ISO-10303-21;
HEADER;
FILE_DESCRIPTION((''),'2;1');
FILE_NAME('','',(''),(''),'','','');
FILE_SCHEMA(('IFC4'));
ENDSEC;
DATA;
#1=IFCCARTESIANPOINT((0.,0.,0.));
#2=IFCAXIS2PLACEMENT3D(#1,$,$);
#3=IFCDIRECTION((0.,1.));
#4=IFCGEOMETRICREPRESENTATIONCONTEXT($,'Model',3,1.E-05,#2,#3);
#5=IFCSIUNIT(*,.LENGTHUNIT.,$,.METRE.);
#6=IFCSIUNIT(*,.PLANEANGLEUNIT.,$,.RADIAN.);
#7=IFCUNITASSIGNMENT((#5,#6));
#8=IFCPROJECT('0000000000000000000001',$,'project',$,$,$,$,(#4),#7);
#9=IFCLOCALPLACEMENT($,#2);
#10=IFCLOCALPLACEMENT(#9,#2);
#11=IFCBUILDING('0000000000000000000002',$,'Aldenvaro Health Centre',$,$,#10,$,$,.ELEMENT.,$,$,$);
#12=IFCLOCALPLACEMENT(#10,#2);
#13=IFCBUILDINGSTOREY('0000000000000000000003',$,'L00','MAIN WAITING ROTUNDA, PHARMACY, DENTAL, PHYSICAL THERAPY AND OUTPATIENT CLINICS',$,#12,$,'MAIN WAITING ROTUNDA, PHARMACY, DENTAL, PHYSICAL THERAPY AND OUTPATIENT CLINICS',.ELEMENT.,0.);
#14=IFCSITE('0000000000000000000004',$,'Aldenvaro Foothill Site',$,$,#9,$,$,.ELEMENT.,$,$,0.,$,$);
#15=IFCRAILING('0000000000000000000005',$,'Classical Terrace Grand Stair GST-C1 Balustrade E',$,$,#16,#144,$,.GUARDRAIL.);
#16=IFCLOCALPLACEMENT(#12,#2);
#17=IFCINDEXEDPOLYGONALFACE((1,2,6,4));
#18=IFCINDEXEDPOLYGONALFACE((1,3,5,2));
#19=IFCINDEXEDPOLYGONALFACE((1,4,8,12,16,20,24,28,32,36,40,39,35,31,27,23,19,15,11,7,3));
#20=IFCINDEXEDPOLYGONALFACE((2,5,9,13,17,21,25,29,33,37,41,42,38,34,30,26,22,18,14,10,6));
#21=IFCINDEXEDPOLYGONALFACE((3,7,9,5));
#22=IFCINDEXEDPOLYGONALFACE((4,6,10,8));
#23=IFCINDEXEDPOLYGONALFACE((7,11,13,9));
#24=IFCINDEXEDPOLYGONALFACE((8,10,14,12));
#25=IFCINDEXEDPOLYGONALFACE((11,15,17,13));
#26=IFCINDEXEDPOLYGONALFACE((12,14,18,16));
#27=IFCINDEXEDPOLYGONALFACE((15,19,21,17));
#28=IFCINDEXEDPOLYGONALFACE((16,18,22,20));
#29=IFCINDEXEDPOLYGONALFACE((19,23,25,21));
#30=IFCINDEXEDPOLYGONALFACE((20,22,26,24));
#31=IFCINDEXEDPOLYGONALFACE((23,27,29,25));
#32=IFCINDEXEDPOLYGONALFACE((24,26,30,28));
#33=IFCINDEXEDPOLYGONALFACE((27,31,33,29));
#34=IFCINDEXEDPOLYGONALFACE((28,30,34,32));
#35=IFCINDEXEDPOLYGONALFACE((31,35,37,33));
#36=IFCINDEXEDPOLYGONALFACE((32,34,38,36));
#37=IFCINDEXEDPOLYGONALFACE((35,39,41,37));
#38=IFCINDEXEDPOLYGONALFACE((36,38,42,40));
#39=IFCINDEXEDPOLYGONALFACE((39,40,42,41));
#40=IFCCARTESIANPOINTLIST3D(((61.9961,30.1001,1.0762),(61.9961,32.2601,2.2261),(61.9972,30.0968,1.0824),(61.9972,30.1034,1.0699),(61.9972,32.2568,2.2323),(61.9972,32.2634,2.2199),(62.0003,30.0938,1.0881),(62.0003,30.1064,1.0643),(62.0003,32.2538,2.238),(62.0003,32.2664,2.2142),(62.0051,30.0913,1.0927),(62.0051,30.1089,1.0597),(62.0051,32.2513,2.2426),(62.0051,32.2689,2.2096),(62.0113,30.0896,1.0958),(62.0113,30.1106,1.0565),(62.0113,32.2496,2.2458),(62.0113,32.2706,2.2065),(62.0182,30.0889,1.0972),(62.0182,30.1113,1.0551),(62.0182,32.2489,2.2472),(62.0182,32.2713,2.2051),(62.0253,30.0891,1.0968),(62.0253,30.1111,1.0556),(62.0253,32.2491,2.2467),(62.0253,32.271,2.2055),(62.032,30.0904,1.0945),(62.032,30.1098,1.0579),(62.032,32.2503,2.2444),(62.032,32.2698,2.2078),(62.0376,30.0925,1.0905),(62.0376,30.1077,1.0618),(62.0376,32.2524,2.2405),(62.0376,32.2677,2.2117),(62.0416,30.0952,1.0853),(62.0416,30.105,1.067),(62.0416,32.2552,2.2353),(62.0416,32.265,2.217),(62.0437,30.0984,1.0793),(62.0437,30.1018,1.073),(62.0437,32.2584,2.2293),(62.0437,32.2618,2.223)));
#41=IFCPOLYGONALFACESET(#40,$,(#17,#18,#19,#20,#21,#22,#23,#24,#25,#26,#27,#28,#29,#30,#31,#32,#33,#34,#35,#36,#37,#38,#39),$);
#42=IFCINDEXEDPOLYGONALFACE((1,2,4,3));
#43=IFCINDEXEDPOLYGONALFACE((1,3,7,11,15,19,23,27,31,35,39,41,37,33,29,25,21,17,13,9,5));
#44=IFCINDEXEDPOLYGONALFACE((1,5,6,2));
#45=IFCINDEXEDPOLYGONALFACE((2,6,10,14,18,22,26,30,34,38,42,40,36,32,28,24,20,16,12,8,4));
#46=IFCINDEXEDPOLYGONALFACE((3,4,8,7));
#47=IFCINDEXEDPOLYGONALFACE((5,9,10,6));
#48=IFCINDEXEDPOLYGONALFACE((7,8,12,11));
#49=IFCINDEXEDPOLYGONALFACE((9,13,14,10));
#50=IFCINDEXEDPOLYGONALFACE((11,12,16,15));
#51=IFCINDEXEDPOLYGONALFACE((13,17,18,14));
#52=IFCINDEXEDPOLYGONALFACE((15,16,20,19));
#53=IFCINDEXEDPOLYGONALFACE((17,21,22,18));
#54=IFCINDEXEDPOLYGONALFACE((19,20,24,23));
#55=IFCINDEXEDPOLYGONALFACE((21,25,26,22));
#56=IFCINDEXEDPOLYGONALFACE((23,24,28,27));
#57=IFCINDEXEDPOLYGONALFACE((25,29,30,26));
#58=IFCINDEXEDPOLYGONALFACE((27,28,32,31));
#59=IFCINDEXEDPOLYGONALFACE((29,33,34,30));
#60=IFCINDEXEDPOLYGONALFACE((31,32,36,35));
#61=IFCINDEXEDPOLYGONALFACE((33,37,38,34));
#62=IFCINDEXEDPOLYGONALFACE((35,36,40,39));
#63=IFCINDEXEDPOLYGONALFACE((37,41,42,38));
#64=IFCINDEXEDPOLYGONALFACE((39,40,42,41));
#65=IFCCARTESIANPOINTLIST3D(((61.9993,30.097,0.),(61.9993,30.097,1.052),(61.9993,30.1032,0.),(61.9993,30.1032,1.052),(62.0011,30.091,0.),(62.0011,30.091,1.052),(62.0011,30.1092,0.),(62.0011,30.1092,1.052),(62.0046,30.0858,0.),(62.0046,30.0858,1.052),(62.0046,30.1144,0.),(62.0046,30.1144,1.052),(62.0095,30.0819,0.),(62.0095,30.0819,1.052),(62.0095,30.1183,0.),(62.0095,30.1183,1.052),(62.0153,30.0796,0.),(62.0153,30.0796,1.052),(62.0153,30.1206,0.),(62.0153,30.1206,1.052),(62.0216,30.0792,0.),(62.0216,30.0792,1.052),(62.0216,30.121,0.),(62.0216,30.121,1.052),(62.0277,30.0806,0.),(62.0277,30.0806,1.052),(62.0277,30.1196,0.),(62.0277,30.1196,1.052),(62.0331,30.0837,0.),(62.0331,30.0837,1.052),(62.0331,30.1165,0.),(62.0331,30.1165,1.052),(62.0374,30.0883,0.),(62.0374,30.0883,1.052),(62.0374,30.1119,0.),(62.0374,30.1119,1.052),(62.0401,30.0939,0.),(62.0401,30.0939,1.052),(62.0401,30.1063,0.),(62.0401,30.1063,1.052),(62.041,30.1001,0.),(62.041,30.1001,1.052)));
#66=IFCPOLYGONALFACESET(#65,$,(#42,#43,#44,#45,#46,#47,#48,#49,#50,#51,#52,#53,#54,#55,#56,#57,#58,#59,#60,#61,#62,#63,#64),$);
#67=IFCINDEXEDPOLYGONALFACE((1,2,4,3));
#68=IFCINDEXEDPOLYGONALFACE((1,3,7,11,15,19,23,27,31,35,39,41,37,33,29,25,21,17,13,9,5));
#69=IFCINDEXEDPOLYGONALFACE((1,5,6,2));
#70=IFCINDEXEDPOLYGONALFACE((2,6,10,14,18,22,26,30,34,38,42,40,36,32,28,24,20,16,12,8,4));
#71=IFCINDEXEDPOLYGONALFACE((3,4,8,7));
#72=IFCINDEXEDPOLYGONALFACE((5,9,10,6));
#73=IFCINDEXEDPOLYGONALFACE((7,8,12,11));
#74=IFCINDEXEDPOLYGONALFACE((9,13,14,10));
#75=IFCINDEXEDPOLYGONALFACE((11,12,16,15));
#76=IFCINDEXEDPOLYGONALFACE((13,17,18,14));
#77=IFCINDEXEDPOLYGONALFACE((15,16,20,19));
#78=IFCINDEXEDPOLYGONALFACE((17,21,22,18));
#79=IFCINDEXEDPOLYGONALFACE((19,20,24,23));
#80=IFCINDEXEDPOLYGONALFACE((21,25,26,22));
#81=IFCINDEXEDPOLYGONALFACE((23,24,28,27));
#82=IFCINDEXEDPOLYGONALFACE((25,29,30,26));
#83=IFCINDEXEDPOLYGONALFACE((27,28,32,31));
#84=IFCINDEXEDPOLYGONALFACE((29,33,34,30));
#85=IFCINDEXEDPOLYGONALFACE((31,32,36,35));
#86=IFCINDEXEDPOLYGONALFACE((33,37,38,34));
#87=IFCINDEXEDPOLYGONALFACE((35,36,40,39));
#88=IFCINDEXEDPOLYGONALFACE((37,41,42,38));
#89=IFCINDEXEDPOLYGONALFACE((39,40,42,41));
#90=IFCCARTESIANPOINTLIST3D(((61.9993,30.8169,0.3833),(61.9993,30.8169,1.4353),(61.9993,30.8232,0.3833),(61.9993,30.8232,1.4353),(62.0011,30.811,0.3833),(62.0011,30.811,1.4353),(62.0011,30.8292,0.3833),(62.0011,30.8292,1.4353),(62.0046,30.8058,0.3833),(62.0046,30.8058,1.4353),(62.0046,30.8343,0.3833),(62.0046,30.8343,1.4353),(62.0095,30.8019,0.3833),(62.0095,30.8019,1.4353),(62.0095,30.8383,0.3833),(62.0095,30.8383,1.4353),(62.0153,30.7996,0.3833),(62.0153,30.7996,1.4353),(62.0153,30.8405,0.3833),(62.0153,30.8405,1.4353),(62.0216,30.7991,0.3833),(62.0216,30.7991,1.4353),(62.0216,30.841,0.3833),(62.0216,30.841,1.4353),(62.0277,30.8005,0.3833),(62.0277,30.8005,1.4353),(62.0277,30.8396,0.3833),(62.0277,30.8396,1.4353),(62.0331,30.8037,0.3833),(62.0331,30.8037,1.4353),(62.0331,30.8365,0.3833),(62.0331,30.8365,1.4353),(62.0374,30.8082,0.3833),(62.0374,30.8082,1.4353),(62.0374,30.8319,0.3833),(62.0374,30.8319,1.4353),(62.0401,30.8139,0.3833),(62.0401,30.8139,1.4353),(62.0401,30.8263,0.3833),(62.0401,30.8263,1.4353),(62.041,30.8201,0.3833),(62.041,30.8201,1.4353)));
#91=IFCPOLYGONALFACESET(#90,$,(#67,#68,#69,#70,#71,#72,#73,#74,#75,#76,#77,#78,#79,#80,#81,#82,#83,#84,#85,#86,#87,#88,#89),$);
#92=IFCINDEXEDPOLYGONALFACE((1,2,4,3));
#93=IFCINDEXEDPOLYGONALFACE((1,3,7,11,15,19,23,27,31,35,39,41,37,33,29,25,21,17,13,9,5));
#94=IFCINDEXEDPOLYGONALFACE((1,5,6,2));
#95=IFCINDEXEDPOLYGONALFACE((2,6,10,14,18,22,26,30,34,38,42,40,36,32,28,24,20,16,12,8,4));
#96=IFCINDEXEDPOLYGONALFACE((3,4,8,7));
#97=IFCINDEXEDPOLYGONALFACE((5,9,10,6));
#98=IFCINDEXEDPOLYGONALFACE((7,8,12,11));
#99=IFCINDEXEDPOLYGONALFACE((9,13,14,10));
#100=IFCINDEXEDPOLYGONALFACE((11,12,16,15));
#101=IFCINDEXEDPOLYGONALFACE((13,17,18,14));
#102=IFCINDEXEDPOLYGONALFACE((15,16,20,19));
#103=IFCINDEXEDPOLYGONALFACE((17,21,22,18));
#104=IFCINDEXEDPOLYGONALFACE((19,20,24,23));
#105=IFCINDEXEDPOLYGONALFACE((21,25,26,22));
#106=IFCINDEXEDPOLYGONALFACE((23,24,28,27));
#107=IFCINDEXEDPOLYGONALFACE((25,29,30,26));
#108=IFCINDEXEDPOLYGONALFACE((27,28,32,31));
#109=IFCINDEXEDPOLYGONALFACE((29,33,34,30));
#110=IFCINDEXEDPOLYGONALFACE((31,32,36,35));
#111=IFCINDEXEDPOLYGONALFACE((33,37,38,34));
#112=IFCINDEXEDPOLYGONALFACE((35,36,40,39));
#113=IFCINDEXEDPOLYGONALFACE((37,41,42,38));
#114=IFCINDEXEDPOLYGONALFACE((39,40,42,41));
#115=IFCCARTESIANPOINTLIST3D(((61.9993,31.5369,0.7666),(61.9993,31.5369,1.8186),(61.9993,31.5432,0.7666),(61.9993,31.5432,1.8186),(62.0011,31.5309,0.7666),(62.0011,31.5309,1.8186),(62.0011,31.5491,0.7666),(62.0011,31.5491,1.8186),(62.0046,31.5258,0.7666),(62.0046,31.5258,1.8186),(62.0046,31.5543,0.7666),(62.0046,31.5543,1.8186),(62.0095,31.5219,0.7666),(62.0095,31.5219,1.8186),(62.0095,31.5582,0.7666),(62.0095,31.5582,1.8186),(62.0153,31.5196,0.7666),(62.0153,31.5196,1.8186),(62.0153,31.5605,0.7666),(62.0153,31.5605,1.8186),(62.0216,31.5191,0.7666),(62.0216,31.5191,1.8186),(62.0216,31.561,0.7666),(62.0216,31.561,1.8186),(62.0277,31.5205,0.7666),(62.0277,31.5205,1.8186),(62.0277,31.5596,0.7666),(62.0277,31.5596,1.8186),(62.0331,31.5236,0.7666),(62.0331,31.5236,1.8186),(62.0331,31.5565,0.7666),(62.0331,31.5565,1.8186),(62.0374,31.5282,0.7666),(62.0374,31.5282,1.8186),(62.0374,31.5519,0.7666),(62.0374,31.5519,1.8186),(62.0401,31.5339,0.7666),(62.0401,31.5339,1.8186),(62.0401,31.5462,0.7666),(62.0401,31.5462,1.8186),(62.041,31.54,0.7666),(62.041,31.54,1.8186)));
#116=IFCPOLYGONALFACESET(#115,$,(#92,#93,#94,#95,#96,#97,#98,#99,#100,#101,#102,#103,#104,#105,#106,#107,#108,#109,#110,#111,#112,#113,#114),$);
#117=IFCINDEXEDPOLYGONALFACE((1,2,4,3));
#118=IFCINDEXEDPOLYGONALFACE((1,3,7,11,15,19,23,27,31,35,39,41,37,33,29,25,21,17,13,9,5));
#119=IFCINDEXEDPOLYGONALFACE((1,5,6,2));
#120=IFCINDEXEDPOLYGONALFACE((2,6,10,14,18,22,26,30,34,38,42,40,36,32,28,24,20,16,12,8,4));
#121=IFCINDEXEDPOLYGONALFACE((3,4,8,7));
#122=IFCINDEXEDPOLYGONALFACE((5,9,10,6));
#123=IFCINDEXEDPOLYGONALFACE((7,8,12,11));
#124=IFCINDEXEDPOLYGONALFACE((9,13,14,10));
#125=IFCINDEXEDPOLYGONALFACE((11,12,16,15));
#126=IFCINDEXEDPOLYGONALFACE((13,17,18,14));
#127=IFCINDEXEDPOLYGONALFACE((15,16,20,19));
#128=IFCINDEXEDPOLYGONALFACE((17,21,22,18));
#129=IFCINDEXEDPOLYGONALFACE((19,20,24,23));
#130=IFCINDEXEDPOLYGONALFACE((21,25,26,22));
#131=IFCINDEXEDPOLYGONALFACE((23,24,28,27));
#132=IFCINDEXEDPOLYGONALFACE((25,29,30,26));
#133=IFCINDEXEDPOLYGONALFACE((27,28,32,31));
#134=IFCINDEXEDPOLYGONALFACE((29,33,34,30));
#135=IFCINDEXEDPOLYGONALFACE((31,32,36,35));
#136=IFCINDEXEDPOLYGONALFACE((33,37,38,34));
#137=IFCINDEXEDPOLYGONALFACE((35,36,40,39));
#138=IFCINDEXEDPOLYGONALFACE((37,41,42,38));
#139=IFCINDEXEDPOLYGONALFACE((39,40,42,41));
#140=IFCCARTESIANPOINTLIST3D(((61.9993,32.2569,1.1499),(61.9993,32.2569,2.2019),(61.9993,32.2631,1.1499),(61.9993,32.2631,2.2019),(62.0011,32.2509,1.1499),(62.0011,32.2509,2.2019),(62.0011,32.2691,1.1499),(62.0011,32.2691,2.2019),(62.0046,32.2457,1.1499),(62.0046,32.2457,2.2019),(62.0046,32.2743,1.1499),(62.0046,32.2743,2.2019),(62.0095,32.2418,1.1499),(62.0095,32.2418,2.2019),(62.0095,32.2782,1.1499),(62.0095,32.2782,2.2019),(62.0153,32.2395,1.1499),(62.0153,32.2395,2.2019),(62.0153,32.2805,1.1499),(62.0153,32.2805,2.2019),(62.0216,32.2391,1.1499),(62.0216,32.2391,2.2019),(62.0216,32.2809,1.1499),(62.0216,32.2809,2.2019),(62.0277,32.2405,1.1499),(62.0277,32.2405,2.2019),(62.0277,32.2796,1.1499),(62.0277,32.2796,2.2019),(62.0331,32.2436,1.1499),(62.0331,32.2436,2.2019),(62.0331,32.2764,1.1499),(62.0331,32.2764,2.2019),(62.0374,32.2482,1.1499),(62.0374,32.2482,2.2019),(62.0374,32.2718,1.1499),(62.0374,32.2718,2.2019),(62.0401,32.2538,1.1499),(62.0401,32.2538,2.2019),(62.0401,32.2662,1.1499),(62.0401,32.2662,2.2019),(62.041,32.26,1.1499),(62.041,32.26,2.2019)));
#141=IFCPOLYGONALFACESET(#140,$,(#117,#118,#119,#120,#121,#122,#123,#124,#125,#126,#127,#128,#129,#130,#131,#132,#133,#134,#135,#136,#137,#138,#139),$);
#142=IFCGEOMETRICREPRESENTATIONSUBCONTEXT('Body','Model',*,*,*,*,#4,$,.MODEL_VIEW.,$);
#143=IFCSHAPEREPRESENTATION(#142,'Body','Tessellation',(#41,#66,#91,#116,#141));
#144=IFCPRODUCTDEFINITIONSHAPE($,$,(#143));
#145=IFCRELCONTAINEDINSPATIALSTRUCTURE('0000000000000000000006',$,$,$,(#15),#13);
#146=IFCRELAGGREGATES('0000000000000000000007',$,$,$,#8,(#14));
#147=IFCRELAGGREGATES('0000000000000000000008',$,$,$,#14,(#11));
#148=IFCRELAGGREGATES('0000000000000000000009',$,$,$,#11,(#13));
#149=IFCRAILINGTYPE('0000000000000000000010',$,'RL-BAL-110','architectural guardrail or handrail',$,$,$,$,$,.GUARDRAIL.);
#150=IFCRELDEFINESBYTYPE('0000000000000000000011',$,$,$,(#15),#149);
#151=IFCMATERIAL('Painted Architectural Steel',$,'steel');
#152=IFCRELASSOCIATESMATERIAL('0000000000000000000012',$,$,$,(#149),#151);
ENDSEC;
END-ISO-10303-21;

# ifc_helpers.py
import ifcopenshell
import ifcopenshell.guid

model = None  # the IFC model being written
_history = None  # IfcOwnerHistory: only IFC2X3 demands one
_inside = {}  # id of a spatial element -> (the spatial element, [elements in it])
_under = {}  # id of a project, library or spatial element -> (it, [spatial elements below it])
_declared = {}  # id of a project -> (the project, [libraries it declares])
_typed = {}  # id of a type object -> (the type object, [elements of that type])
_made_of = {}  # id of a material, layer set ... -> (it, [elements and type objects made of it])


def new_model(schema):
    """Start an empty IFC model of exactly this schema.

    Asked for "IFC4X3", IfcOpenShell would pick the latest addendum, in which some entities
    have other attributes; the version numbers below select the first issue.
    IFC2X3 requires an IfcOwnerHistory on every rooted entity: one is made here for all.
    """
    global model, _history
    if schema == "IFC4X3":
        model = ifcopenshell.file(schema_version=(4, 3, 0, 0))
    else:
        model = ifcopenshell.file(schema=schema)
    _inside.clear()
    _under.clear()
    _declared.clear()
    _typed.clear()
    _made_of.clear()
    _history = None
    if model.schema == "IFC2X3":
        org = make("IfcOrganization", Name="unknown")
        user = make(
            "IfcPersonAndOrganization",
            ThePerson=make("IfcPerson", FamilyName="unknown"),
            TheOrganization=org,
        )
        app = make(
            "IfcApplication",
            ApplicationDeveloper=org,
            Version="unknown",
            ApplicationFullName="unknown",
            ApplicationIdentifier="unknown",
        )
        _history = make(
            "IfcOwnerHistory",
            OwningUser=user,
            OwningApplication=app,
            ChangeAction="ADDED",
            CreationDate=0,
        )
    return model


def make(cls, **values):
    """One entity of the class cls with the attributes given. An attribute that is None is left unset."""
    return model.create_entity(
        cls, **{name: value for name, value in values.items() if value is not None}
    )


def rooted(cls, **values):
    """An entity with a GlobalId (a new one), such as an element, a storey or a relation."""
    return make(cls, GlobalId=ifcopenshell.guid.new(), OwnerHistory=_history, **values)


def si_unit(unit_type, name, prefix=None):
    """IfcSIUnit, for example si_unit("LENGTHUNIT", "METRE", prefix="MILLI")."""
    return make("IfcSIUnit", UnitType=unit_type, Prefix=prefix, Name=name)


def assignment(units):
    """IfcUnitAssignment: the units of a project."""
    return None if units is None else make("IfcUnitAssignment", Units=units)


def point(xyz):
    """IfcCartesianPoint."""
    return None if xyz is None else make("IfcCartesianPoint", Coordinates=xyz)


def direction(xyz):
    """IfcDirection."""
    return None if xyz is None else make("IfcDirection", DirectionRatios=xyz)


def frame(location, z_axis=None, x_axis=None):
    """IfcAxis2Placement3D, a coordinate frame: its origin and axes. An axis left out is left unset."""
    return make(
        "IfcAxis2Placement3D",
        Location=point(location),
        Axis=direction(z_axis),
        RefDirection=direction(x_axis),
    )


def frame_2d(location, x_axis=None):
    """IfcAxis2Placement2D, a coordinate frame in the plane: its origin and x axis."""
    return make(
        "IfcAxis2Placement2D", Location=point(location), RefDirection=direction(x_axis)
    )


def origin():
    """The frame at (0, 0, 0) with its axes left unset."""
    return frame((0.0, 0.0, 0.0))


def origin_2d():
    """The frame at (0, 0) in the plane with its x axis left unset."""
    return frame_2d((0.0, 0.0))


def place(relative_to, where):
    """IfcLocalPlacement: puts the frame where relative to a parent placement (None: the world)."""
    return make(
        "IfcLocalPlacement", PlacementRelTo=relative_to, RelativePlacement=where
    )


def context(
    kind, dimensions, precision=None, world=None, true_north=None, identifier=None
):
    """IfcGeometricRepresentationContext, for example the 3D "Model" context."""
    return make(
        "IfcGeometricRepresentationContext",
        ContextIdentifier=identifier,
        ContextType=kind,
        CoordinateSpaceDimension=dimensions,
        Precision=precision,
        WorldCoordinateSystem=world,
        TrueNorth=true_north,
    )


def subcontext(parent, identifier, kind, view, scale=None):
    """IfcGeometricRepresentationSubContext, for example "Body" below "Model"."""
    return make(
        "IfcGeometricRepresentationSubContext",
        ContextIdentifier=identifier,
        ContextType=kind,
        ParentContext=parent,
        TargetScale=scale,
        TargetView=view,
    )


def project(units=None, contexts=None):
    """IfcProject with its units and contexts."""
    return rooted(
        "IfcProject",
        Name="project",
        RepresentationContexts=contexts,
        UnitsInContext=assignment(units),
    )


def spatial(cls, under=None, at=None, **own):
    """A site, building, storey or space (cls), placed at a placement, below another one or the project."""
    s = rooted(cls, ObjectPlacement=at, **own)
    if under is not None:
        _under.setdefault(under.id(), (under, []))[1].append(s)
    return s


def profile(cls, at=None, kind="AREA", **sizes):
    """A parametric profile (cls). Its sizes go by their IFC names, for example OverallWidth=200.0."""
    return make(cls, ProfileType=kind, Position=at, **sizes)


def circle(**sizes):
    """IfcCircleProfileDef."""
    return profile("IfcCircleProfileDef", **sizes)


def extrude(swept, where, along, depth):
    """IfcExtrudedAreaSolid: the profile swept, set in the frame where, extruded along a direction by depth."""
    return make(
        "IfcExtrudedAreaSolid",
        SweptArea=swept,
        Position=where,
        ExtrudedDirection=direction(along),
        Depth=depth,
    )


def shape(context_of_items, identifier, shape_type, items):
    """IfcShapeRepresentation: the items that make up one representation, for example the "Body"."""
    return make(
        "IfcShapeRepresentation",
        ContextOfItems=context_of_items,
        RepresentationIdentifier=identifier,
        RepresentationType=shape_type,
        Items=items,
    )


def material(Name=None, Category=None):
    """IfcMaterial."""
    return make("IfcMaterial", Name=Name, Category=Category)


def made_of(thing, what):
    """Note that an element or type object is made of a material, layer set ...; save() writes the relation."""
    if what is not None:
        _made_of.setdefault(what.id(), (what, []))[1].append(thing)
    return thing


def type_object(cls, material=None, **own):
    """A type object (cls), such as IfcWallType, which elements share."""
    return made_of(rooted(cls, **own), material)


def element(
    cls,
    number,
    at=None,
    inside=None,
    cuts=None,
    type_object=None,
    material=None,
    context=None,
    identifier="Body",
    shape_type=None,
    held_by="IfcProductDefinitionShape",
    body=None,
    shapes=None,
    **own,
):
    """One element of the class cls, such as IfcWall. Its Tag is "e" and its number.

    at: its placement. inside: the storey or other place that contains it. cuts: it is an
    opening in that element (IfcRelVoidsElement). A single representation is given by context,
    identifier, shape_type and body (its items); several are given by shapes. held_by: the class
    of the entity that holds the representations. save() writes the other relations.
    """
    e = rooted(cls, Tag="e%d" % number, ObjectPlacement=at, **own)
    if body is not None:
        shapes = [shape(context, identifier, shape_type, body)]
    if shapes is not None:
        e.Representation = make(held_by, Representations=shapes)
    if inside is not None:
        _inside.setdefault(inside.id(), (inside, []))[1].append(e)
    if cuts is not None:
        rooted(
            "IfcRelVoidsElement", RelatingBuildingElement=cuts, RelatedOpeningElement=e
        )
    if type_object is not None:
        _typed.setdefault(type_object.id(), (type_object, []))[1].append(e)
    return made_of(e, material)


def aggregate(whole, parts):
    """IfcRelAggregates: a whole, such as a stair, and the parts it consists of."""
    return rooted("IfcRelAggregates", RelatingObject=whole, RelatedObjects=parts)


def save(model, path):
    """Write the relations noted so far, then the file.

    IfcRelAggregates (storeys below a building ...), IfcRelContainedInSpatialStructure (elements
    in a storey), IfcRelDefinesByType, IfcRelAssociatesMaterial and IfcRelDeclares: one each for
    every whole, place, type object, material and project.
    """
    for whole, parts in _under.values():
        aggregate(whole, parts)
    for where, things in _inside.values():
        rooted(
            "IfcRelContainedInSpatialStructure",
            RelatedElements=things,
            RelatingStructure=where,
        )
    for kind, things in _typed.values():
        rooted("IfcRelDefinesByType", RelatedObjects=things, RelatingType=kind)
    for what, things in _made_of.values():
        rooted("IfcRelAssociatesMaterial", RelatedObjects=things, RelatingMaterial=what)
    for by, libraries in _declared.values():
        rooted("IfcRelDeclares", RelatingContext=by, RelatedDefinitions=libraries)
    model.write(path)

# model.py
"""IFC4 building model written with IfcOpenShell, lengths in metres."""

from ifc_helpers import new_model, si_unit, direction, frame, origin, origin_2d, place, context, subcontext, project, spatial, circle, extrude, material, type_object, element, save


model = new_model("IFC4")

# Units and contexts
model_context = context("Model", 3, precision=1e-05, world=origin(), true_north=direction((0.0, 1.0)))
body_context = subcontext(model_context, "Body", "Model", "MODEL_VIEW")
ifc_project = project(units=[si_unit("LENGTHUNIT", "METRE"), si_unit("PLANEANGLEUNIT", "RADIAN")], contexts=[model_context])

# Site, building, storey
site_placement = place(None, origin())
site = spatial("IfcSite", under=ifc_project, at=site_placement, Name="Aldenvaro Foothill Site", CompositionType="ELEMENT", RefElevation=0.0)
building_placement = place(site_placement, origin())
building = spatial("IfcBuilding", under=site, at=building_placement, Name="Aldenvaro Health Centre", CompositionType="ELEMENT")
storey_placement = place(building_placement, origin())
storey = spatial("IfcBuildingStorey", under=building, at=storey_placement, Name="L00", Description="MAIN WAITING ROTUNDA, PHARMACY, DENTAL, PHYSICAL THERAPY AND OUTPATIENT CLINICS", LongName="MAIN WAITING ROTUNDA, PHARMACY, DENTAL, PHYSICAL THERAPY AND OUTPATIENT CLINICS", CompositionType="ELEMENT", Elevation=0.0)

# Railing
ifc_material_1 = material(Name="Painted Architectural Steel", Category="steel")
railing_type_1 = type_object("IfcRailingType", Name="RL-BAL-110", Description="architectural guardrail or handrail", PredefinedType="GUARDRAIL", material=ifc_material_1)
railing_1_placement = place(storey_placement, frame((62.02, 30.1001, 0.0)))
element("IfcRailing", 1, at=railing_1_placement, inside=storey, type_object=railing_type_1, Name="Classical Terrace Grand Stair GST-C1 Balustrade E", PredefinedType="GUARDRAIL", context=body_context, shape_type="SweptSolid", body=[
    extrude(circle(Radius=0.0239, at=origin_2d()), frame((0.0, 0.0, 1.0762), z_axis=(0.0, 0.882701, 0.469936), x_axis=(-1.0, 0.0, 0.0)), (0.0, 0.0, 1.0), 2.447),
    extrude(circle(Radius=0.021, at=origin_2d()), origin(), (0.0, 0.0, 1.0), 1.052),
    extrude(circle(Radius=0.021, at=origin_2d()), frame((0.0, 0.72, 0.3833)), (0.0, 0.0, 1.0), 1.052),
    extrude(circle(Radius=0.021, at=origin_2d()), frame((0.0, 1.4399, 0.7666)), (0.0, 0.0, 1.0), 1.052),
    extrude(circle(Radius=0.021, at=origin_2d()), frame((0.0, 2.1599, 1.1499)), (0.0, 0.0, 1.0), 1.052),
])

save(model, "model.ifc")
